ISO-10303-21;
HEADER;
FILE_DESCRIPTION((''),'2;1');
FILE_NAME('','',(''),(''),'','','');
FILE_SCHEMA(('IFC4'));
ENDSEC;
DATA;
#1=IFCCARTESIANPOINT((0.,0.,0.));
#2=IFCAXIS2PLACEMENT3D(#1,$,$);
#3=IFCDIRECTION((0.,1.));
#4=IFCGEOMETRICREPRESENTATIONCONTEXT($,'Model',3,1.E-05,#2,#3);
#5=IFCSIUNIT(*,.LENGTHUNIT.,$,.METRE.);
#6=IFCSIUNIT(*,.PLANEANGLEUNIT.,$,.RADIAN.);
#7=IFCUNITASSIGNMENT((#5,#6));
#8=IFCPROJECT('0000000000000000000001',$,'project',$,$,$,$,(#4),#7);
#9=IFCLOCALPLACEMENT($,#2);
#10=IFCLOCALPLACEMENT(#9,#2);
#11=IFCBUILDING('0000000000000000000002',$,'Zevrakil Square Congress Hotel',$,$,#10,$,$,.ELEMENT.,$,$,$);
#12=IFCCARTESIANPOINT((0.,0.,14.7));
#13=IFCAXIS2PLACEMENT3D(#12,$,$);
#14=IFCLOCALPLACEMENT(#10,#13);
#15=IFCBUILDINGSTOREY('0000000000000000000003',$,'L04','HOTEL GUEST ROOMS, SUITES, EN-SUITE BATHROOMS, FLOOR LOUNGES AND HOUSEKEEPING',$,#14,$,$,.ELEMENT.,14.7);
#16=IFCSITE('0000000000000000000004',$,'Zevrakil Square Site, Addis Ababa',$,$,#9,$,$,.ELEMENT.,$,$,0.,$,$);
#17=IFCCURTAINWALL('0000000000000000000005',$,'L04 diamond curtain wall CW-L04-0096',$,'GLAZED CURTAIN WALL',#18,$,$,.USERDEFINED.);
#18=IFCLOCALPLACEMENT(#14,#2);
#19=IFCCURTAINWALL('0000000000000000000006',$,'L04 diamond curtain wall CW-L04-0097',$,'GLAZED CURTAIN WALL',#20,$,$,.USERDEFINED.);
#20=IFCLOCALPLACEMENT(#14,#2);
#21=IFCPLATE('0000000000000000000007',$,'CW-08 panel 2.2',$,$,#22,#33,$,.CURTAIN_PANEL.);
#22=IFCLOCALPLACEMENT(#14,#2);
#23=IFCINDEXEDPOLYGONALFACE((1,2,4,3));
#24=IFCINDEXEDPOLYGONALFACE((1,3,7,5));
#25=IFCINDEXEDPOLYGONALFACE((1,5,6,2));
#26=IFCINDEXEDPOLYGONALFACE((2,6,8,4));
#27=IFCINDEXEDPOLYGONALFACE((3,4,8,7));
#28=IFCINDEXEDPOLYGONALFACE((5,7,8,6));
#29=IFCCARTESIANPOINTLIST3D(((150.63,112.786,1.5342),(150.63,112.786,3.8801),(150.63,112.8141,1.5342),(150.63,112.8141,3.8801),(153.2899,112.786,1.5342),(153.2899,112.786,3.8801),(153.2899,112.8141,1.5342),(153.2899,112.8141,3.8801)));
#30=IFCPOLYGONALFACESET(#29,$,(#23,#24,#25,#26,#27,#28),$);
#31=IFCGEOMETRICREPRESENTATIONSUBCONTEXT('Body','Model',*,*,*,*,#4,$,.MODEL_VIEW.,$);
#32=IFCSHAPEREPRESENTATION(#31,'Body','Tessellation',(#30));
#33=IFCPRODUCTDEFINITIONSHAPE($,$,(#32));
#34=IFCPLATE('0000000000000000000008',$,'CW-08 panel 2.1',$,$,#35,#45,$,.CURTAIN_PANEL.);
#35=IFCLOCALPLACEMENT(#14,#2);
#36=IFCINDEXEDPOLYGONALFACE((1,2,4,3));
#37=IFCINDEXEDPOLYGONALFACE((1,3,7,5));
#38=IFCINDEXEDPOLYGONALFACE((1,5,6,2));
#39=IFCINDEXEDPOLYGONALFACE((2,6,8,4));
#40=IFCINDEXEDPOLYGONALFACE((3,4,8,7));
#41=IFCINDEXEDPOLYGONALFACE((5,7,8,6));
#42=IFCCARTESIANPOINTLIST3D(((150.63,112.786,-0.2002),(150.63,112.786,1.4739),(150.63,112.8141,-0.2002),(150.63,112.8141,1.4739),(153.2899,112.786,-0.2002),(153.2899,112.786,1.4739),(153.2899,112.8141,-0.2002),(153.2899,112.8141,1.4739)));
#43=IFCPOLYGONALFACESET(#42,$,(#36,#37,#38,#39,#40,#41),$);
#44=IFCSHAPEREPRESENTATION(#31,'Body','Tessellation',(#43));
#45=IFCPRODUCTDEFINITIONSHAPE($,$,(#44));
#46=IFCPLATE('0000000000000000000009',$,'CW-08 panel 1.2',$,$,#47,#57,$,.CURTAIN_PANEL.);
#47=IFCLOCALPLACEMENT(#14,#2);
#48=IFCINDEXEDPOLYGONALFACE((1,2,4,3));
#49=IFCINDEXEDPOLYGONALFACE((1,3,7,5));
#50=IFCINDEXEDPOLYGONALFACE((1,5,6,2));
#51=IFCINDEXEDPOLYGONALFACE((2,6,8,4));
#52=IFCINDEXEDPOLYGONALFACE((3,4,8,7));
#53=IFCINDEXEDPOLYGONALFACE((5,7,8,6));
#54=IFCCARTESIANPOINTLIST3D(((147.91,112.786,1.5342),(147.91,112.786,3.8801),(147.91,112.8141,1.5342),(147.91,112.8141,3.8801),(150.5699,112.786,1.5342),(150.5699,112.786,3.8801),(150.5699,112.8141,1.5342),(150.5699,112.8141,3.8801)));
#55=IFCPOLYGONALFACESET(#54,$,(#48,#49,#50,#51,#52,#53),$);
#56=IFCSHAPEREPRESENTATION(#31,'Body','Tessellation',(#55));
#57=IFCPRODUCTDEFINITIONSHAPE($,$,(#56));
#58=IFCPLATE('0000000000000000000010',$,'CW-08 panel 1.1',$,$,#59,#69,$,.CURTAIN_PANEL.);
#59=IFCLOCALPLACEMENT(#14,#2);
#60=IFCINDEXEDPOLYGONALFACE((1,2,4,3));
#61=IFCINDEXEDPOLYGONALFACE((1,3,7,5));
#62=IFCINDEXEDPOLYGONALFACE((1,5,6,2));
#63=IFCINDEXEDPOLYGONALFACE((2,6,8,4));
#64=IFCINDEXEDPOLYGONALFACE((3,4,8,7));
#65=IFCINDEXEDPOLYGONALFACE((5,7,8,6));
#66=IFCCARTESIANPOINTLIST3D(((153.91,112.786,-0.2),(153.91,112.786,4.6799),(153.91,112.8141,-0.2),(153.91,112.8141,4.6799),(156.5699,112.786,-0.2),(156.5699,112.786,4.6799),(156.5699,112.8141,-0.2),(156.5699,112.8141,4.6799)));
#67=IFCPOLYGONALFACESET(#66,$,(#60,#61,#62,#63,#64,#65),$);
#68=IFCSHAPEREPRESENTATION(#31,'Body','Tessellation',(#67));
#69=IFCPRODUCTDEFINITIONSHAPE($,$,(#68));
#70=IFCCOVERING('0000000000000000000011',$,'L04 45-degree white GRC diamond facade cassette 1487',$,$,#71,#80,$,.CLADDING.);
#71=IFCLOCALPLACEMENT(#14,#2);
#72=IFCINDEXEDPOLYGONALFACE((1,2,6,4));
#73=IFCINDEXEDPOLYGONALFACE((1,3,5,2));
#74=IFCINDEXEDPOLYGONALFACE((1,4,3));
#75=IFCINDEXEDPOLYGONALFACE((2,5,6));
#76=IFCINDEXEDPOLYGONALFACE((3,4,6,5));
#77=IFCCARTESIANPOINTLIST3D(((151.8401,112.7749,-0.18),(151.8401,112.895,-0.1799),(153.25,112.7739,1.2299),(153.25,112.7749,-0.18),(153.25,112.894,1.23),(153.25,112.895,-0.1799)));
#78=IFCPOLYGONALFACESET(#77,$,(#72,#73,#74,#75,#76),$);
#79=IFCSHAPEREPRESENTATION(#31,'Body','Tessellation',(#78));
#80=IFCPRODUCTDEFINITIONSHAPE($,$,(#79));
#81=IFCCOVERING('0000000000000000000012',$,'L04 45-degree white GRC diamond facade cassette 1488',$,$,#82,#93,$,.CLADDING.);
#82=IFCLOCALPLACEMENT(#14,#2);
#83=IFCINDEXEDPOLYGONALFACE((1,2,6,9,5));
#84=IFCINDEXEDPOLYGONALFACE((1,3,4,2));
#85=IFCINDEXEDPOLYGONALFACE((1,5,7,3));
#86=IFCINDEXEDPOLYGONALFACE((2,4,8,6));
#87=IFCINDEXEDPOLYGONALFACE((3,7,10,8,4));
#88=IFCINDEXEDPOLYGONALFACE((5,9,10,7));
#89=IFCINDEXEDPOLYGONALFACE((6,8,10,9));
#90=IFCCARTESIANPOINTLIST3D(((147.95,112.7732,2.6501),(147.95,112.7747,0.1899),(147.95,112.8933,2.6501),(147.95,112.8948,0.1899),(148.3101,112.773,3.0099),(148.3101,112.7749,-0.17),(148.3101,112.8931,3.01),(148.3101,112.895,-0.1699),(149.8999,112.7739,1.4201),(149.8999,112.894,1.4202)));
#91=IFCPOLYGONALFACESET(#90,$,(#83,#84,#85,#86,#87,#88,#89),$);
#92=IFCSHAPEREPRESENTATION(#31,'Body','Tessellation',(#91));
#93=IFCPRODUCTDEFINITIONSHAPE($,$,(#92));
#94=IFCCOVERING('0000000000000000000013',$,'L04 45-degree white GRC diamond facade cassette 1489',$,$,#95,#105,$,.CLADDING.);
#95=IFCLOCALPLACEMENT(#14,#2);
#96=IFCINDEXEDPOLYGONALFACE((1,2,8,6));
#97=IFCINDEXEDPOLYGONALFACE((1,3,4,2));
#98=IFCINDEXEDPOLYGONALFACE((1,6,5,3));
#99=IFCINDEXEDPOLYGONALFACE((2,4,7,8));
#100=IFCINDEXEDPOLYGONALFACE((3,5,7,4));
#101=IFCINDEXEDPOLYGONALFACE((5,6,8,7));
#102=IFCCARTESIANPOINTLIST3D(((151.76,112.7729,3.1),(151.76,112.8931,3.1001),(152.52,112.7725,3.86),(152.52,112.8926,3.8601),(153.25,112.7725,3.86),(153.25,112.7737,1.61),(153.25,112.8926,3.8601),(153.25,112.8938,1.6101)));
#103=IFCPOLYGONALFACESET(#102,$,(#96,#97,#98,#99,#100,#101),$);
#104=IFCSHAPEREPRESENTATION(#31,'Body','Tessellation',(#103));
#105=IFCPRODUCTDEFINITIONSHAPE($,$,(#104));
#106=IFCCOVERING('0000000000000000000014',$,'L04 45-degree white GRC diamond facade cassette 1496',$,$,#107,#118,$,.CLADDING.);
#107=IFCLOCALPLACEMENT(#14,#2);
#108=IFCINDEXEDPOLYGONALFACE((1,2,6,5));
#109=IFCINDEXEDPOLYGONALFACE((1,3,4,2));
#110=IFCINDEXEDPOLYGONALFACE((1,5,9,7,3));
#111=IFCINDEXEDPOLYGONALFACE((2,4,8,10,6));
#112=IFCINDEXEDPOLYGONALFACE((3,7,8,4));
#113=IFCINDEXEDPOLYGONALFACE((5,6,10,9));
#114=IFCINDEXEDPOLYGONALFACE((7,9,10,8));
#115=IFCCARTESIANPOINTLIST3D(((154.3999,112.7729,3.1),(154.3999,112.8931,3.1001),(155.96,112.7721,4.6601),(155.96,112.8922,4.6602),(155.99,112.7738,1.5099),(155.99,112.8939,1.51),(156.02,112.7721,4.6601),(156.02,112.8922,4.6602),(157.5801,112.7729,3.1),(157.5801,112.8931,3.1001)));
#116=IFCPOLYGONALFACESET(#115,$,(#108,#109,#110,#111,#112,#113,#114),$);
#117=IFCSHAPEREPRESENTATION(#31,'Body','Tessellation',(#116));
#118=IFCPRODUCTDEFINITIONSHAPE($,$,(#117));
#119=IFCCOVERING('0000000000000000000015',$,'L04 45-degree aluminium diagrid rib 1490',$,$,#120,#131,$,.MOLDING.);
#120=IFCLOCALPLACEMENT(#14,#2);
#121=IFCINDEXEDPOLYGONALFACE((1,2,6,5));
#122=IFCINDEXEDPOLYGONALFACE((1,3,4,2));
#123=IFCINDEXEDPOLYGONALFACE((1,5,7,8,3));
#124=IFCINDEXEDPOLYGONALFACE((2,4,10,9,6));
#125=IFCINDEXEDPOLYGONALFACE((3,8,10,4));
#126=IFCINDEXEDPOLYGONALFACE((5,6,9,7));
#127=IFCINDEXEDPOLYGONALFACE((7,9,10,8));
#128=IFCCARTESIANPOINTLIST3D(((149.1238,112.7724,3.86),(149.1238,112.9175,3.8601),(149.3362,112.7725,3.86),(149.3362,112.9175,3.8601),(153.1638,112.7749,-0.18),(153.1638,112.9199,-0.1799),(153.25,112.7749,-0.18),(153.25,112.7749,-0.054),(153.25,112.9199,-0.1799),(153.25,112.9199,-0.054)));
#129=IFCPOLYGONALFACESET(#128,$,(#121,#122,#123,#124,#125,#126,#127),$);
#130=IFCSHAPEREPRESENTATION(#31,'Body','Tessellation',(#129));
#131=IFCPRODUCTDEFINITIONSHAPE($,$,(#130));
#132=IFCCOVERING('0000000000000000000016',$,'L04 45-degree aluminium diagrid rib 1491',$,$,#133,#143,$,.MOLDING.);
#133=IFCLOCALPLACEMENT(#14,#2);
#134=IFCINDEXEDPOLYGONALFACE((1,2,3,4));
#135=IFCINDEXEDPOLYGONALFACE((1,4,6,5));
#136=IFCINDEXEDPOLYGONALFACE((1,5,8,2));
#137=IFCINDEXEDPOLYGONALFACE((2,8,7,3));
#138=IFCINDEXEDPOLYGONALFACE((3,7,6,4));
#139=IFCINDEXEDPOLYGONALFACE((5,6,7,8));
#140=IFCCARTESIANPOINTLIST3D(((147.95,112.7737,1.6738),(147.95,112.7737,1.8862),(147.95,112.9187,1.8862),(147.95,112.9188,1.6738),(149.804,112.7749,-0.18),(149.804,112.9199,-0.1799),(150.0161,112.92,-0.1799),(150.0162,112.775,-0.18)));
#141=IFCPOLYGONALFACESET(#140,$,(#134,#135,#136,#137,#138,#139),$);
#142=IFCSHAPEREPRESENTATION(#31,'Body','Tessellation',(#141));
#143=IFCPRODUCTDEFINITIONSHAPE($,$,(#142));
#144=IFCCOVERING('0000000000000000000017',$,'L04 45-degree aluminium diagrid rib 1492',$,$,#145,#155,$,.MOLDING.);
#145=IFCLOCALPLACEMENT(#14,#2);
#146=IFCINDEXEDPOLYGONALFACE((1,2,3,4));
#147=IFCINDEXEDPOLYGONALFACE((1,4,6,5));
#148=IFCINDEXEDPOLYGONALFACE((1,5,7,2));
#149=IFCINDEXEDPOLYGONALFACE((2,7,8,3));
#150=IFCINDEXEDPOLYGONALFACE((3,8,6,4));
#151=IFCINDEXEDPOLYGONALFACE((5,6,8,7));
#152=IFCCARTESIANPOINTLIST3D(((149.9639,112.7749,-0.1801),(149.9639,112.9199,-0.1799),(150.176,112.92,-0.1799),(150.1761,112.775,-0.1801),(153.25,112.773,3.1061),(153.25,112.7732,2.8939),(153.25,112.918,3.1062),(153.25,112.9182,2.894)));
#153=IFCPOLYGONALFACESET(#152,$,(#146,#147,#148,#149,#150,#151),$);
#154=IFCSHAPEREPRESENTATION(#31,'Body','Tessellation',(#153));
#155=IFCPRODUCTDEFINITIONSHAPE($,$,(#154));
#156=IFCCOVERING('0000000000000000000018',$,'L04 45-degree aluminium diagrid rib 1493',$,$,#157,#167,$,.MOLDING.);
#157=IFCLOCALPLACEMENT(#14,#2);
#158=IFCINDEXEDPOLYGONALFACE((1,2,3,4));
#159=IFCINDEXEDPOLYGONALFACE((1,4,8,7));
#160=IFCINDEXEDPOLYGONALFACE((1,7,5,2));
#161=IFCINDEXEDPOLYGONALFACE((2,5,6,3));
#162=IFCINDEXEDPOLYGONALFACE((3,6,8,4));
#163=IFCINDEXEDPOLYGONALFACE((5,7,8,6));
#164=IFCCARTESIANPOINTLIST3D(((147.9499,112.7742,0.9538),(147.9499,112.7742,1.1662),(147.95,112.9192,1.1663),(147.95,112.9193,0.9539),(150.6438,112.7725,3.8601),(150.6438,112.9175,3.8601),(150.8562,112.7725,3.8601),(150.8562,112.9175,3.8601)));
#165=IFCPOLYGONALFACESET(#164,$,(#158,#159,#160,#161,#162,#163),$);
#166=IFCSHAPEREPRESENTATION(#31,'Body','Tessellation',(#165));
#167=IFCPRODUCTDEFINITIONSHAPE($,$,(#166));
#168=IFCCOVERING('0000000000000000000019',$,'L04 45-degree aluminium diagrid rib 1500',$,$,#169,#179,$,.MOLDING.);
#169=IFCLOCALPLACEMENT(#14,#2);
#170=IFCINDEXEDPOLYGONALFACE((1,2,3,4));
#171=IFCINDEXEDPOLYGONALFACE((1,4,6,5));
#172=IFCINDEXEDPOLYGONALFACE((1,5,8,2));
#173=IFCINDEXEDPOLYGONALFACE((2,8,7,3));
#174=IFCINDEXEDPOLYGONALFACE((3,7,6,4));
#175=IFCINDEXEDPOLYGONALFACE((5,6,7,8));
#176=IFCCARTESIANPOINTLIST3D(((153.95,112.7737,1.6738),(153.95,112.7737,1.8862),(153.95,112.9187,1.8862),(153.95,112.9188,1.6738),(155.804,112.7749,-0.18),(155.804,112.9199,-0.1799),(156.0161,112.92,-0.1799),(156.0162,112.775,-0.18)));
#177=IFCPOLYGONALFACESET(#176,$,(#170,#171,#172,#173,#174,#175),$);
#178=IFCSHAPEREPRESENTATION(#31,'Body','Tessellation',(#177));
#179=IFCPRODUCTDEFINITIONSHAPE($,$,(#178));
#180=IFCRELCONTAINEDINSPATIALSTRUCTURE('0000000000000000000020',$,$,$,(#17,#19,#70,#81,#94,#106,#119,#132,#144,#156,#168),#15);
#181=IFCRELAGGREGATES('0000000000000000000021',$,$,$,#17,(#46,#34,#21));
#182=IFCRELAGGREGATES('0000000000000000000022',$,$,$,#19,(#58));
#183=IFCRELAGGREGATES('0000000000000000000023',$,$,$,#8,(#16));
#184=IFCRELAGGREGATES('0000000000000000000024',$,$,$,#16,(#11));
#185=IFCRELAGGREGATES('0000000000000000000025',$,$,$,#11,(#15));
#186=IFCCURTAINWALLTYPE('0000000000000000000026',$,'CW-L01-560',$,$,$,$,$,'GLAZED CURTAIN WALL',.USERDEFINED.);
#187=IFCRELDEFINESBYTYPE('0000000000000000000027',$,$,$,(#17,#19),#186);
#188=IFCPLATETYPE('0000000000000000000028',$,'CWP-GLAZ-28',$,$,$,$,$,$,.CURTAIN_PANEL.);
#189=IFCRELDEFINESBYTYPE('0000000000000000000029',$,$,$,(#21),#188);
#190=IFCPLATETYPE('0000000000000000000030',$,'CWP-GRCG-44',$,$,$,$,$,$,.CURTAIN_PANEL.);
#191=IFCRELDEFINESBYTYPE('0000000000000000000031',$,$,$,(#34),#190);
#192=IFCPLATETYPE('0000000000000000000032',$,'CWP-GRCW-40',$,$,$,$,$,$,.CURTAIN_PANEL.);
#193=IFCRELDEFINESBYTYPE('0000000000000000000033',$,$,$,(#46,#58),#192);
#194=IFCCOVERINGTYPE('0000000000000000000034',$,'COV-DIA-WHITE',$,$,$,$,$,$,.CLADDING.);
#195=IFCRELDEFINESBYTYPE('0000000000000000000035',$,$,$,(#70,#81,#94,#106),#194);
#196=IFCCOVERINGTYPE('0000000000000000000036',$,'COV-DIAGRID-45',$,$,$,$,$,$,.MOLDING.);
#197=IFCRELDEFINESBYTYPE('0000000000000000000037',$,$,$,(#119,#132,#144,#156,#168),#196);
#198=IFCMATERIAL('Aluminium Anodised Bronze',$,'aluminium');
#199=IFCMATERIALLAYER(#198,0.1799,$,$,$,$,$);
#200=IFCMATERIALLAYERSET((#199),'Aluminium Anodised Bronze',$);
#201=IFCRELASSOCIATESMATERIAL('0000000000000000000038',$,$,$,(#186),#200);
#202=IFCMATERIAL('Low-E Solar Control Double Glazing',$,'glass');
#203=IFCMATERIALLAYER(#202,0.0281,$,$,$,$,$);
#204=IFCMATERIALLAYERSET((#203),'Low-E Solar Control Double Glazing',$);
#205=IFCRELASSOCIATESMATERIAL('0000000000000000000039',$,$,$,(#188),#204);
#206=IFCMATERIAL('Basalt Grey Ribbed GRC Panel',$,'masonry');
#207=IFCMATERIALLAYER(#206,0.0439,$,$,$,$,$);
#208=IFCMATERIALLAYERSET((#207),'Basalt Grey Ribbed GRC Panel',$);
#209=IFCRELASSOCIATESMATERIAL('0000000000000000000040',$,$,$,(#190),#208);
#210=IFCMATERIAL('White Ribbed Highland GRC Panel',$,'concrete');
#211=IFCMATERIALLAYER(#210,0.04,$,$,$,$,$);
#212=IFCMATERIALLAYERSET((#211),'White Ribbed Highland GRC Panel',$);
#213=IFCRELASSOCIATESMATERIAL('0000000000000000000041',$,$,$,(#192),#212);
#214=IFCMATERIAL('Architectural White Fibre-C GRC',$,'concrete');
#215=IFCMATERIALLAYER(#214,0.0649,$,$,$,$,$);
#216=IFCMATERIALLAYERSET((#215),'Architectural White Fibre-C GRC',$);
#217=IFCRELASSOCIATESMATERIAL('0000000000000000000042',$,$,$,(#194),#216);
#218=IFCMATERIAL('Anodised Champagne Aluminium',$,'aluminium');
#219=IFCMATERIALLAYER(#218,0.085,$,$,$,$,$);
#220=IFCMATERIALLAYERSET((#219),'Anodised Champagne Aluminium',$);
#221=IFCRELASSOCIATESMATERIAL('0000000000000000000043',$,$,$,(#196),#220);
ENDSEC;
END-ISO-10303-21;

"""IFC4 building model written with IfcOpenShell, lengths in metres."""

from ifc_helpers import new_model, si_unit, direction, frame, origin, origin_2d, place, context, subcontext, project, spatial, polyline, rectangle, outline, extrude, material, layer, layer_set, type_object, element, aggregate, save


model = new_model("IFC4")

# Units and contexts
model_context = context("Model", 3, precision=1e-05, world=origin(), true_north=direction((0.0, 1.0)))
body_context = subcontext(model_context, "Body", "Model", "MODEL_VIEW")
ifc_project = project(units=[si_unit("LENGTHUNIT", "METRE"), si_unit("PLANEANGLEUNIT", "RADIAN")], contexts=[model_context])

# Site, building, storey
site_placement = place(None, origin())
site = spatial("IfcSite", under=ifc_project, at=site_placement, Name="Zevrakil Square Site, Addis Ababa", CompositionType="ELEMENT", RefElevation=0.0)
building_placement = place(site_placement, origin())
building = spatial("IfcBuilding", under=site, at=building_placement, Name="Zevrakil Square Congress Hotel", CompositionType="ELEMENT")
storey_placement = place(building_placement, frame((0.0, 0.0, 14.7)))
storey = spatial("IfcBuildingStorey", under=building, at=storey_placement, Name="L04", Description="HOTEL GUEST ROOMS, SUITES, EN-SUITE BATHROOMS, FLOOR LOUNGES AND HOUSEKEEPING", CompositionType="ELEMENT", Elevation=14.7)

# Curtain walls
ifc_material_1 = material(Name="Aluminium Anodised Bronze", Category="aluminium")
ifc_layer_1 = layer(ifc_material_1, 0.1799)
ifc_layer_set_1 = layer_set([ifc_layer_1], Name="Aluminium Anodised Bronze")
curtain_wall_type = type_object("IfcCurtainWallType", Name="CW-L01-560", ElementType="GLAZED CURTAIN WALL", PredefinedType="USERDEFINED", material=ifc_layer_set_1)
curtain_wall_1_placement = place(storey_placement, origin())
curtain_wall_1 = element("IfcCurtainWall", 1, at=curtain_wall_1_placement, inside=storey, type_object=curtain_wall_type, Name="L04 diamond curtain wall CW-L04-0096", ObjectType="GLAZED CURTAIN WALL", PredefinedType="USERDEFINED")
curtain_wall_2_placement = place(storey_placement, origin())
curtain_wall_2 = element("IfcCurtainWall", 2, at=curtain_wall_2_placement, inside=storey, type_object=curtain_wall_type, Name="L04 diamond curtain wall CW-L04-0097", ObjectType="GLAZED CURTAIN WALL", PredefinedType="USERDEFINED")

# Plates
ifc_material_2 = material(Name="Low-E Solar Control Double Glazing", Category="glass")
ifc_layer_2 = layer(ifc_material_2, 0.0281)
ifc_layer_set_2 = layer_set([ifc_layer_2], Name="Low-E Solar Control Double Glazing")
plate_type_1 = type_object("IfcPlateType", Name="CWP-GLAZ-28", PredefinedType="CURTAIN_PANEL", material=ifc_layer_set_2)
plate_1_placement = place(storey_placement, frame((151.96, 112.8, 1.5342), z_axis=(0.0, 0.0, 1.0), x_axis=(1.0, 0.0, 0.0)))
plate_1 = element("IfcPlate", 3, at=plate_1_placement, type_object=plate_type_1, Name="CW-08 panel 2.2", PredefinedType="CURTAIN_PANEL", context=body_context, shape_type="SweptSolid", body=[
    extrude(rectangle(XDim=2.6599, YDim=0.0281, at=origin_2d()), origin(), (0.0, 0.0, 1.0), 2.3459),
])
ifc_material_3 = material(Name="Basalt Grey Ribbed GRC Panel", Category="masonry")
ifc_layer_3 = layer(ifc_material_3, 0.0439)
ifc_layer_set_3 = layer_set([ifc_layer_3], Name="Basalt Grey Ribbed GRC Panel")
plate_type_2 = type_object("IfcPlateType", Name="CWP-GRCG-44", PredefinedType="CURTAIN_PANEL", material=ifc_layer_set_3)
plate_2_placement = place(storey_placement, frame((151.96, 112.8, -0.2002), z_axis=(0.0, 0.0, 1.0), x_axis=(1.0, 0.0, 0.0)))
plate_2 = element("IfcPlate", 4, at=plate_2_placement, type_object=plate_type_2, Name="CW-08 panel 2.1", PredefinedType="CURTAIN_PANEL", context=body_context, shape_type="SweptSolid", body=[
    extrude(rectangle(XDim=2.6599, YDim=0.0281, at=origin_2d()), origin(), (0.0, 0.0, 1.0), 1.6741),
])
ifc_material_4 = material(Name="White Ribbed Highland GRC Panel", Category="concrete")
ifc_layer_4 = layer(ifc_material_4, 0.04)
ifc_layer_set_4 = layer_set([ifc_layer_4], Name="White Ribbed Highland GRC Panel")
plate_type_3 = type_object("IfcPlateType", Name="CWP-GRCW-40", PredefinedType="CURTAIN_PANEL", material=ifc_layer_set_4)
plate_3_placement = place(storey_placement, frame((149.24, 112.8, 1.5342), z_axis=(0.0, 0.0, 1.0), x_axis=(1.0, 0.0, 0.0)))
plate_3 = element("IfcPlate", 5, at=plate_3_placement, type_object=plate_type_3, Name="CW-08 panel 1.2", PredefinedType="CURTAIN_PANEL", context=body_context, shape_type="SweptSolid", body=[
    extrude(rectangle(XDim=2.6599, YDim=0.0281, at=origin_2d()), origin(), (0.0, 0.0, 1.0), 2.3459),
])
aggregate(curtain_wall_1, [plate_3, plate_2, plate_1])
plate_4_placement = place(storey_placement, frame((155.24, 112.8, -0.2), z_axis=(0.0, 0.0, 1.0), x_axis=(1.0, 0.0, 0.0)))
plate_4 = element("IfcPlate", 6, at=plate_4_placement, type_object=plate_type_3, Name="CW-08 panel 1.1", PredefinedType="CURTAIN_PANEL", context=body_context, shape_type="SweptSolid", body=[
    extrude(rectangle(XDim=2.6599, YDim=0.0281, at=origin_2d()), origin(), (0.0, 0.0, 1.0), 4.8799),
])
aggregate(curtain_wall_2, [plate_4])

# Coverings
ifc_material_5 = material(Name="Architectural White Fibre-C GRC", Category="concrete")
ifc_layer_5 = layer(ifc_material_5, 0.0649)
ifc_layer_set_5 = layer_set([ifc_layer_5], Name="Architectural White Fibre-C GRC")
covering_type_1 = type_object("IfcCoveringType", Name="COV-DIA-WHITE", PredefinedType="CLADDING", material=ifc_layer_set_5)
covering_1_placement = place(storey_placement, frame((151.8401, 112.895, -0.1799), z_axis=(0.0, 1.0, 0.000693), x_axis=(1.0, 0.0, 0.0)))
element("IfcCovering", 7, at=covering_1_placement, inside=storey, type_object=covering_type_1, Name="L04 45-degree white GRC diamond facade cassette 1487", PredefinedType="CLADDING", context=body_context, shape_type="SweptSolid", body=[
    extrude(outline(polyline([(0.0, 0.0), (1.4099, 0.0), (1.4099, -1.4099), (0.0, 0.0)])), origin(), (0.0, 0.0, -1.0), 0.1201),
])
covering_2_placement = place(storey_placement, frame((148.3101, 112.895, -0.1699), z_axis=(0.0, 1.0, 0.000612), x_axis=(0.707052, -0.000433, 0.707161)))
element("IfcCovering", 8, at=covering_2_placement, inside=storey, type_object=covering_type_1, Name="L04 45-degree white GRC diamond facade cassette 1488", PredefinedType="CLADDING", context=body_context, shape_type="SweptSolid", body=[
    extrude(outline(polyline([(0.0, 0.0), (2.2486, 0.0), (2.2487, -2.2484), (1.7396, -2.2486), (-0.0001, -0.5091), (0.0, 0.0)])), origin(), (0.0, 0.0, -1.0), 0.1201),
])
covering_3_placement = place(storey_placement, frame((151.76, 112.8931, 3.1001), z_axis=(0.000044, 1.0, 0.000557), x_axis=(0.707107, 0.000363, -0.707107)))
element("IfcCovering", 9, at=covering_3_placement, inside=storey, type_object=covering_type_1, Name="L04 45-degree white GRC diamond facade cassette 1489", PredefinedType="CLADDING", context=body_context, shape_type="SweptSolid", body=[
    extrude(outline(polyline([(0.0, 0.0), (2.1072, 0.0), (0.5162, -1.591), (0.0, -1.0748), (0.0, 0.0)])), origin(), (0.0, 0.0, -1.0), 0.1201),
])
covering_4_placement = place(storey_placement, frame((154.3999, 112.8931, 3.1001), z_axis=(0.0, 1.0, 0.000543), x_axis=(0.707107, 0.000384, -0.707107)))
element("IfcCovering", 10, at=covering_4_placement, inside=storey, type_object=covering_type_1, Name="L04 45-degree white GRC diamond facade cassette 1496", PredefinedType="CLADDING", context=body_context, shape_type="SweptSolid", body=[
    extrude(outline(polyline([(0.0, 0.0), (2.2487, 0.0), (2.2487, -2.2487), (0.0425, -2.2487), (0.0, -2.2063), (0.0, 0.0)])), origin(), (0.0, 0.0, -1.0), 0.1201),
])
ifc_material_6 = material(Name="Anodised Champagne Aluminium", Category="aluminium")
ifc_layer_6 = layer(ifc_material_6, 0.085)
ifc_layer_set_6 = layer_set([ifc_layer_6], Name="Anodised Champagne Aluminium")
covering_type_2 = type_object("IfcCoveringType", Name="COV-DIAGRID-45", PredefinedType="MOLDING", material=ifc_layer_set_6)
covering_5_placement = place(storey_placement, frame((153.1638, 112.9199, -0.1799), z_axis=(-0.000181, 1.0, 0.000429), x_axis=(1.0, 0.000181, 0.0)))
element("IfcCovering", 11, at=covering_5_placement, inside=storey, type_object=covering_type_2, Name="L04 45-degree aluminium diagrid rib 1490", PredefinedType="MOLDING", context=body_context, shape_type="SweptSolid", body=[
    extrude(outline(polyline([(0.0, 0.0), (0.0862, 0.0), (0.0862, -0.126), (-3.8276, -4.04), (-4.04, -4.04), (0.0, 0.0)])), origin(), (0.0, 0.0, -1.0), 0.145),
])
covering_6_placement = place(storey_placement, frame((149.804, 112.9199, -0.1799), z_axis=(-0.000312, 1.0, 0.000311), x_axis=(1.0, 0.000312, 0.0)))
element("IfcCovering", 12, at=covering_6_placement, inside=storey, type_object=covering_type_2, Name="L04 45-degree aluminium diagrid rib 1491", PredefinedType="MOLDING", context=body_context, shape_type="SweptSolid", body=[
    extrude(outline(polyline([(0.0, 0.0), (0.2122, 0.0), (-1.854, -2.0662), (-1.854, -1.8538), (0.0, 0.0)])), origin(), (0.0, 0.0, -1.0), 0.145),
])
covering_7_placement = place(storey_placement, frame((153.25, 112.9182, 2.894), z_axis=(-0.000287, 1.0, 0.000863), x_axis=(0.0, -0.000863, 1.0)))
element("IfcCovering", 13, at=covering_7_placement, inside=storey, type_object=covering_type_2, Name="L04 45-degree aluminium diagrid rib 1492", PredefinedType="MOLDING", context=body_context, shape_type="SweptSolid", body=[
    extrude(outline(polyline([(0.0, 0.0), (0.2122, 0.0), (-3.074, -3.2861), (-3.074, -3.074), (0.0, 0.0)])), origin(), (0.0, 0.0, -1.0), 0.145),
])
covering_8_placement = place(storey_placement, frame((150.8562, 112.9175, 3.8601), z_axis=(0.000305, 1.0, 0.000305), x_axis=(-1.0, 0.000305, 0.0)))
element("IfcCovering", 14, at=covering_8_placement, inside=storey, type_object=covering_type_2, Name="L04 45-degree aluminium diagrid rib 1493", PredefinedType="MOLDING", context=body_context, shape_type="SweptSolid", body=[
    extrude(outline(polyline([(0.0, 0.0), (0.2124, 0.0), (2.9063, -2.6938), (2.9063, -2.9063), (0.0, 0.0)])), origin(), (0.0, 0.0, -1.0), 0.145),
])
covering_9_placement = place(storey_placement, frame((155.804, 112.9199, -0.1799), z_axis=(-0.000312, 1.0, 0.000311), x_axis=(1.0, 0.000312, 0.0)))
element("IfcCovering", 15, at=covering_9_placement, inside=storey, type_object=covering_type_2, Name="L04 45-degree aluminium diagrid rib 1500", PredefinedType="MOLDING", context=body_context, shape_type="SweptSolid", body=[
    extrude(outline(polyline([(0.0, 0.0), (0.2122, 0.0), (-1.854, -2.0662), (-1.854, -1.8538), (0.0, 0.0)])), origin(), (0.0, 0.0, -1.0), 0.145),
])

save(model, "model.ifc")
